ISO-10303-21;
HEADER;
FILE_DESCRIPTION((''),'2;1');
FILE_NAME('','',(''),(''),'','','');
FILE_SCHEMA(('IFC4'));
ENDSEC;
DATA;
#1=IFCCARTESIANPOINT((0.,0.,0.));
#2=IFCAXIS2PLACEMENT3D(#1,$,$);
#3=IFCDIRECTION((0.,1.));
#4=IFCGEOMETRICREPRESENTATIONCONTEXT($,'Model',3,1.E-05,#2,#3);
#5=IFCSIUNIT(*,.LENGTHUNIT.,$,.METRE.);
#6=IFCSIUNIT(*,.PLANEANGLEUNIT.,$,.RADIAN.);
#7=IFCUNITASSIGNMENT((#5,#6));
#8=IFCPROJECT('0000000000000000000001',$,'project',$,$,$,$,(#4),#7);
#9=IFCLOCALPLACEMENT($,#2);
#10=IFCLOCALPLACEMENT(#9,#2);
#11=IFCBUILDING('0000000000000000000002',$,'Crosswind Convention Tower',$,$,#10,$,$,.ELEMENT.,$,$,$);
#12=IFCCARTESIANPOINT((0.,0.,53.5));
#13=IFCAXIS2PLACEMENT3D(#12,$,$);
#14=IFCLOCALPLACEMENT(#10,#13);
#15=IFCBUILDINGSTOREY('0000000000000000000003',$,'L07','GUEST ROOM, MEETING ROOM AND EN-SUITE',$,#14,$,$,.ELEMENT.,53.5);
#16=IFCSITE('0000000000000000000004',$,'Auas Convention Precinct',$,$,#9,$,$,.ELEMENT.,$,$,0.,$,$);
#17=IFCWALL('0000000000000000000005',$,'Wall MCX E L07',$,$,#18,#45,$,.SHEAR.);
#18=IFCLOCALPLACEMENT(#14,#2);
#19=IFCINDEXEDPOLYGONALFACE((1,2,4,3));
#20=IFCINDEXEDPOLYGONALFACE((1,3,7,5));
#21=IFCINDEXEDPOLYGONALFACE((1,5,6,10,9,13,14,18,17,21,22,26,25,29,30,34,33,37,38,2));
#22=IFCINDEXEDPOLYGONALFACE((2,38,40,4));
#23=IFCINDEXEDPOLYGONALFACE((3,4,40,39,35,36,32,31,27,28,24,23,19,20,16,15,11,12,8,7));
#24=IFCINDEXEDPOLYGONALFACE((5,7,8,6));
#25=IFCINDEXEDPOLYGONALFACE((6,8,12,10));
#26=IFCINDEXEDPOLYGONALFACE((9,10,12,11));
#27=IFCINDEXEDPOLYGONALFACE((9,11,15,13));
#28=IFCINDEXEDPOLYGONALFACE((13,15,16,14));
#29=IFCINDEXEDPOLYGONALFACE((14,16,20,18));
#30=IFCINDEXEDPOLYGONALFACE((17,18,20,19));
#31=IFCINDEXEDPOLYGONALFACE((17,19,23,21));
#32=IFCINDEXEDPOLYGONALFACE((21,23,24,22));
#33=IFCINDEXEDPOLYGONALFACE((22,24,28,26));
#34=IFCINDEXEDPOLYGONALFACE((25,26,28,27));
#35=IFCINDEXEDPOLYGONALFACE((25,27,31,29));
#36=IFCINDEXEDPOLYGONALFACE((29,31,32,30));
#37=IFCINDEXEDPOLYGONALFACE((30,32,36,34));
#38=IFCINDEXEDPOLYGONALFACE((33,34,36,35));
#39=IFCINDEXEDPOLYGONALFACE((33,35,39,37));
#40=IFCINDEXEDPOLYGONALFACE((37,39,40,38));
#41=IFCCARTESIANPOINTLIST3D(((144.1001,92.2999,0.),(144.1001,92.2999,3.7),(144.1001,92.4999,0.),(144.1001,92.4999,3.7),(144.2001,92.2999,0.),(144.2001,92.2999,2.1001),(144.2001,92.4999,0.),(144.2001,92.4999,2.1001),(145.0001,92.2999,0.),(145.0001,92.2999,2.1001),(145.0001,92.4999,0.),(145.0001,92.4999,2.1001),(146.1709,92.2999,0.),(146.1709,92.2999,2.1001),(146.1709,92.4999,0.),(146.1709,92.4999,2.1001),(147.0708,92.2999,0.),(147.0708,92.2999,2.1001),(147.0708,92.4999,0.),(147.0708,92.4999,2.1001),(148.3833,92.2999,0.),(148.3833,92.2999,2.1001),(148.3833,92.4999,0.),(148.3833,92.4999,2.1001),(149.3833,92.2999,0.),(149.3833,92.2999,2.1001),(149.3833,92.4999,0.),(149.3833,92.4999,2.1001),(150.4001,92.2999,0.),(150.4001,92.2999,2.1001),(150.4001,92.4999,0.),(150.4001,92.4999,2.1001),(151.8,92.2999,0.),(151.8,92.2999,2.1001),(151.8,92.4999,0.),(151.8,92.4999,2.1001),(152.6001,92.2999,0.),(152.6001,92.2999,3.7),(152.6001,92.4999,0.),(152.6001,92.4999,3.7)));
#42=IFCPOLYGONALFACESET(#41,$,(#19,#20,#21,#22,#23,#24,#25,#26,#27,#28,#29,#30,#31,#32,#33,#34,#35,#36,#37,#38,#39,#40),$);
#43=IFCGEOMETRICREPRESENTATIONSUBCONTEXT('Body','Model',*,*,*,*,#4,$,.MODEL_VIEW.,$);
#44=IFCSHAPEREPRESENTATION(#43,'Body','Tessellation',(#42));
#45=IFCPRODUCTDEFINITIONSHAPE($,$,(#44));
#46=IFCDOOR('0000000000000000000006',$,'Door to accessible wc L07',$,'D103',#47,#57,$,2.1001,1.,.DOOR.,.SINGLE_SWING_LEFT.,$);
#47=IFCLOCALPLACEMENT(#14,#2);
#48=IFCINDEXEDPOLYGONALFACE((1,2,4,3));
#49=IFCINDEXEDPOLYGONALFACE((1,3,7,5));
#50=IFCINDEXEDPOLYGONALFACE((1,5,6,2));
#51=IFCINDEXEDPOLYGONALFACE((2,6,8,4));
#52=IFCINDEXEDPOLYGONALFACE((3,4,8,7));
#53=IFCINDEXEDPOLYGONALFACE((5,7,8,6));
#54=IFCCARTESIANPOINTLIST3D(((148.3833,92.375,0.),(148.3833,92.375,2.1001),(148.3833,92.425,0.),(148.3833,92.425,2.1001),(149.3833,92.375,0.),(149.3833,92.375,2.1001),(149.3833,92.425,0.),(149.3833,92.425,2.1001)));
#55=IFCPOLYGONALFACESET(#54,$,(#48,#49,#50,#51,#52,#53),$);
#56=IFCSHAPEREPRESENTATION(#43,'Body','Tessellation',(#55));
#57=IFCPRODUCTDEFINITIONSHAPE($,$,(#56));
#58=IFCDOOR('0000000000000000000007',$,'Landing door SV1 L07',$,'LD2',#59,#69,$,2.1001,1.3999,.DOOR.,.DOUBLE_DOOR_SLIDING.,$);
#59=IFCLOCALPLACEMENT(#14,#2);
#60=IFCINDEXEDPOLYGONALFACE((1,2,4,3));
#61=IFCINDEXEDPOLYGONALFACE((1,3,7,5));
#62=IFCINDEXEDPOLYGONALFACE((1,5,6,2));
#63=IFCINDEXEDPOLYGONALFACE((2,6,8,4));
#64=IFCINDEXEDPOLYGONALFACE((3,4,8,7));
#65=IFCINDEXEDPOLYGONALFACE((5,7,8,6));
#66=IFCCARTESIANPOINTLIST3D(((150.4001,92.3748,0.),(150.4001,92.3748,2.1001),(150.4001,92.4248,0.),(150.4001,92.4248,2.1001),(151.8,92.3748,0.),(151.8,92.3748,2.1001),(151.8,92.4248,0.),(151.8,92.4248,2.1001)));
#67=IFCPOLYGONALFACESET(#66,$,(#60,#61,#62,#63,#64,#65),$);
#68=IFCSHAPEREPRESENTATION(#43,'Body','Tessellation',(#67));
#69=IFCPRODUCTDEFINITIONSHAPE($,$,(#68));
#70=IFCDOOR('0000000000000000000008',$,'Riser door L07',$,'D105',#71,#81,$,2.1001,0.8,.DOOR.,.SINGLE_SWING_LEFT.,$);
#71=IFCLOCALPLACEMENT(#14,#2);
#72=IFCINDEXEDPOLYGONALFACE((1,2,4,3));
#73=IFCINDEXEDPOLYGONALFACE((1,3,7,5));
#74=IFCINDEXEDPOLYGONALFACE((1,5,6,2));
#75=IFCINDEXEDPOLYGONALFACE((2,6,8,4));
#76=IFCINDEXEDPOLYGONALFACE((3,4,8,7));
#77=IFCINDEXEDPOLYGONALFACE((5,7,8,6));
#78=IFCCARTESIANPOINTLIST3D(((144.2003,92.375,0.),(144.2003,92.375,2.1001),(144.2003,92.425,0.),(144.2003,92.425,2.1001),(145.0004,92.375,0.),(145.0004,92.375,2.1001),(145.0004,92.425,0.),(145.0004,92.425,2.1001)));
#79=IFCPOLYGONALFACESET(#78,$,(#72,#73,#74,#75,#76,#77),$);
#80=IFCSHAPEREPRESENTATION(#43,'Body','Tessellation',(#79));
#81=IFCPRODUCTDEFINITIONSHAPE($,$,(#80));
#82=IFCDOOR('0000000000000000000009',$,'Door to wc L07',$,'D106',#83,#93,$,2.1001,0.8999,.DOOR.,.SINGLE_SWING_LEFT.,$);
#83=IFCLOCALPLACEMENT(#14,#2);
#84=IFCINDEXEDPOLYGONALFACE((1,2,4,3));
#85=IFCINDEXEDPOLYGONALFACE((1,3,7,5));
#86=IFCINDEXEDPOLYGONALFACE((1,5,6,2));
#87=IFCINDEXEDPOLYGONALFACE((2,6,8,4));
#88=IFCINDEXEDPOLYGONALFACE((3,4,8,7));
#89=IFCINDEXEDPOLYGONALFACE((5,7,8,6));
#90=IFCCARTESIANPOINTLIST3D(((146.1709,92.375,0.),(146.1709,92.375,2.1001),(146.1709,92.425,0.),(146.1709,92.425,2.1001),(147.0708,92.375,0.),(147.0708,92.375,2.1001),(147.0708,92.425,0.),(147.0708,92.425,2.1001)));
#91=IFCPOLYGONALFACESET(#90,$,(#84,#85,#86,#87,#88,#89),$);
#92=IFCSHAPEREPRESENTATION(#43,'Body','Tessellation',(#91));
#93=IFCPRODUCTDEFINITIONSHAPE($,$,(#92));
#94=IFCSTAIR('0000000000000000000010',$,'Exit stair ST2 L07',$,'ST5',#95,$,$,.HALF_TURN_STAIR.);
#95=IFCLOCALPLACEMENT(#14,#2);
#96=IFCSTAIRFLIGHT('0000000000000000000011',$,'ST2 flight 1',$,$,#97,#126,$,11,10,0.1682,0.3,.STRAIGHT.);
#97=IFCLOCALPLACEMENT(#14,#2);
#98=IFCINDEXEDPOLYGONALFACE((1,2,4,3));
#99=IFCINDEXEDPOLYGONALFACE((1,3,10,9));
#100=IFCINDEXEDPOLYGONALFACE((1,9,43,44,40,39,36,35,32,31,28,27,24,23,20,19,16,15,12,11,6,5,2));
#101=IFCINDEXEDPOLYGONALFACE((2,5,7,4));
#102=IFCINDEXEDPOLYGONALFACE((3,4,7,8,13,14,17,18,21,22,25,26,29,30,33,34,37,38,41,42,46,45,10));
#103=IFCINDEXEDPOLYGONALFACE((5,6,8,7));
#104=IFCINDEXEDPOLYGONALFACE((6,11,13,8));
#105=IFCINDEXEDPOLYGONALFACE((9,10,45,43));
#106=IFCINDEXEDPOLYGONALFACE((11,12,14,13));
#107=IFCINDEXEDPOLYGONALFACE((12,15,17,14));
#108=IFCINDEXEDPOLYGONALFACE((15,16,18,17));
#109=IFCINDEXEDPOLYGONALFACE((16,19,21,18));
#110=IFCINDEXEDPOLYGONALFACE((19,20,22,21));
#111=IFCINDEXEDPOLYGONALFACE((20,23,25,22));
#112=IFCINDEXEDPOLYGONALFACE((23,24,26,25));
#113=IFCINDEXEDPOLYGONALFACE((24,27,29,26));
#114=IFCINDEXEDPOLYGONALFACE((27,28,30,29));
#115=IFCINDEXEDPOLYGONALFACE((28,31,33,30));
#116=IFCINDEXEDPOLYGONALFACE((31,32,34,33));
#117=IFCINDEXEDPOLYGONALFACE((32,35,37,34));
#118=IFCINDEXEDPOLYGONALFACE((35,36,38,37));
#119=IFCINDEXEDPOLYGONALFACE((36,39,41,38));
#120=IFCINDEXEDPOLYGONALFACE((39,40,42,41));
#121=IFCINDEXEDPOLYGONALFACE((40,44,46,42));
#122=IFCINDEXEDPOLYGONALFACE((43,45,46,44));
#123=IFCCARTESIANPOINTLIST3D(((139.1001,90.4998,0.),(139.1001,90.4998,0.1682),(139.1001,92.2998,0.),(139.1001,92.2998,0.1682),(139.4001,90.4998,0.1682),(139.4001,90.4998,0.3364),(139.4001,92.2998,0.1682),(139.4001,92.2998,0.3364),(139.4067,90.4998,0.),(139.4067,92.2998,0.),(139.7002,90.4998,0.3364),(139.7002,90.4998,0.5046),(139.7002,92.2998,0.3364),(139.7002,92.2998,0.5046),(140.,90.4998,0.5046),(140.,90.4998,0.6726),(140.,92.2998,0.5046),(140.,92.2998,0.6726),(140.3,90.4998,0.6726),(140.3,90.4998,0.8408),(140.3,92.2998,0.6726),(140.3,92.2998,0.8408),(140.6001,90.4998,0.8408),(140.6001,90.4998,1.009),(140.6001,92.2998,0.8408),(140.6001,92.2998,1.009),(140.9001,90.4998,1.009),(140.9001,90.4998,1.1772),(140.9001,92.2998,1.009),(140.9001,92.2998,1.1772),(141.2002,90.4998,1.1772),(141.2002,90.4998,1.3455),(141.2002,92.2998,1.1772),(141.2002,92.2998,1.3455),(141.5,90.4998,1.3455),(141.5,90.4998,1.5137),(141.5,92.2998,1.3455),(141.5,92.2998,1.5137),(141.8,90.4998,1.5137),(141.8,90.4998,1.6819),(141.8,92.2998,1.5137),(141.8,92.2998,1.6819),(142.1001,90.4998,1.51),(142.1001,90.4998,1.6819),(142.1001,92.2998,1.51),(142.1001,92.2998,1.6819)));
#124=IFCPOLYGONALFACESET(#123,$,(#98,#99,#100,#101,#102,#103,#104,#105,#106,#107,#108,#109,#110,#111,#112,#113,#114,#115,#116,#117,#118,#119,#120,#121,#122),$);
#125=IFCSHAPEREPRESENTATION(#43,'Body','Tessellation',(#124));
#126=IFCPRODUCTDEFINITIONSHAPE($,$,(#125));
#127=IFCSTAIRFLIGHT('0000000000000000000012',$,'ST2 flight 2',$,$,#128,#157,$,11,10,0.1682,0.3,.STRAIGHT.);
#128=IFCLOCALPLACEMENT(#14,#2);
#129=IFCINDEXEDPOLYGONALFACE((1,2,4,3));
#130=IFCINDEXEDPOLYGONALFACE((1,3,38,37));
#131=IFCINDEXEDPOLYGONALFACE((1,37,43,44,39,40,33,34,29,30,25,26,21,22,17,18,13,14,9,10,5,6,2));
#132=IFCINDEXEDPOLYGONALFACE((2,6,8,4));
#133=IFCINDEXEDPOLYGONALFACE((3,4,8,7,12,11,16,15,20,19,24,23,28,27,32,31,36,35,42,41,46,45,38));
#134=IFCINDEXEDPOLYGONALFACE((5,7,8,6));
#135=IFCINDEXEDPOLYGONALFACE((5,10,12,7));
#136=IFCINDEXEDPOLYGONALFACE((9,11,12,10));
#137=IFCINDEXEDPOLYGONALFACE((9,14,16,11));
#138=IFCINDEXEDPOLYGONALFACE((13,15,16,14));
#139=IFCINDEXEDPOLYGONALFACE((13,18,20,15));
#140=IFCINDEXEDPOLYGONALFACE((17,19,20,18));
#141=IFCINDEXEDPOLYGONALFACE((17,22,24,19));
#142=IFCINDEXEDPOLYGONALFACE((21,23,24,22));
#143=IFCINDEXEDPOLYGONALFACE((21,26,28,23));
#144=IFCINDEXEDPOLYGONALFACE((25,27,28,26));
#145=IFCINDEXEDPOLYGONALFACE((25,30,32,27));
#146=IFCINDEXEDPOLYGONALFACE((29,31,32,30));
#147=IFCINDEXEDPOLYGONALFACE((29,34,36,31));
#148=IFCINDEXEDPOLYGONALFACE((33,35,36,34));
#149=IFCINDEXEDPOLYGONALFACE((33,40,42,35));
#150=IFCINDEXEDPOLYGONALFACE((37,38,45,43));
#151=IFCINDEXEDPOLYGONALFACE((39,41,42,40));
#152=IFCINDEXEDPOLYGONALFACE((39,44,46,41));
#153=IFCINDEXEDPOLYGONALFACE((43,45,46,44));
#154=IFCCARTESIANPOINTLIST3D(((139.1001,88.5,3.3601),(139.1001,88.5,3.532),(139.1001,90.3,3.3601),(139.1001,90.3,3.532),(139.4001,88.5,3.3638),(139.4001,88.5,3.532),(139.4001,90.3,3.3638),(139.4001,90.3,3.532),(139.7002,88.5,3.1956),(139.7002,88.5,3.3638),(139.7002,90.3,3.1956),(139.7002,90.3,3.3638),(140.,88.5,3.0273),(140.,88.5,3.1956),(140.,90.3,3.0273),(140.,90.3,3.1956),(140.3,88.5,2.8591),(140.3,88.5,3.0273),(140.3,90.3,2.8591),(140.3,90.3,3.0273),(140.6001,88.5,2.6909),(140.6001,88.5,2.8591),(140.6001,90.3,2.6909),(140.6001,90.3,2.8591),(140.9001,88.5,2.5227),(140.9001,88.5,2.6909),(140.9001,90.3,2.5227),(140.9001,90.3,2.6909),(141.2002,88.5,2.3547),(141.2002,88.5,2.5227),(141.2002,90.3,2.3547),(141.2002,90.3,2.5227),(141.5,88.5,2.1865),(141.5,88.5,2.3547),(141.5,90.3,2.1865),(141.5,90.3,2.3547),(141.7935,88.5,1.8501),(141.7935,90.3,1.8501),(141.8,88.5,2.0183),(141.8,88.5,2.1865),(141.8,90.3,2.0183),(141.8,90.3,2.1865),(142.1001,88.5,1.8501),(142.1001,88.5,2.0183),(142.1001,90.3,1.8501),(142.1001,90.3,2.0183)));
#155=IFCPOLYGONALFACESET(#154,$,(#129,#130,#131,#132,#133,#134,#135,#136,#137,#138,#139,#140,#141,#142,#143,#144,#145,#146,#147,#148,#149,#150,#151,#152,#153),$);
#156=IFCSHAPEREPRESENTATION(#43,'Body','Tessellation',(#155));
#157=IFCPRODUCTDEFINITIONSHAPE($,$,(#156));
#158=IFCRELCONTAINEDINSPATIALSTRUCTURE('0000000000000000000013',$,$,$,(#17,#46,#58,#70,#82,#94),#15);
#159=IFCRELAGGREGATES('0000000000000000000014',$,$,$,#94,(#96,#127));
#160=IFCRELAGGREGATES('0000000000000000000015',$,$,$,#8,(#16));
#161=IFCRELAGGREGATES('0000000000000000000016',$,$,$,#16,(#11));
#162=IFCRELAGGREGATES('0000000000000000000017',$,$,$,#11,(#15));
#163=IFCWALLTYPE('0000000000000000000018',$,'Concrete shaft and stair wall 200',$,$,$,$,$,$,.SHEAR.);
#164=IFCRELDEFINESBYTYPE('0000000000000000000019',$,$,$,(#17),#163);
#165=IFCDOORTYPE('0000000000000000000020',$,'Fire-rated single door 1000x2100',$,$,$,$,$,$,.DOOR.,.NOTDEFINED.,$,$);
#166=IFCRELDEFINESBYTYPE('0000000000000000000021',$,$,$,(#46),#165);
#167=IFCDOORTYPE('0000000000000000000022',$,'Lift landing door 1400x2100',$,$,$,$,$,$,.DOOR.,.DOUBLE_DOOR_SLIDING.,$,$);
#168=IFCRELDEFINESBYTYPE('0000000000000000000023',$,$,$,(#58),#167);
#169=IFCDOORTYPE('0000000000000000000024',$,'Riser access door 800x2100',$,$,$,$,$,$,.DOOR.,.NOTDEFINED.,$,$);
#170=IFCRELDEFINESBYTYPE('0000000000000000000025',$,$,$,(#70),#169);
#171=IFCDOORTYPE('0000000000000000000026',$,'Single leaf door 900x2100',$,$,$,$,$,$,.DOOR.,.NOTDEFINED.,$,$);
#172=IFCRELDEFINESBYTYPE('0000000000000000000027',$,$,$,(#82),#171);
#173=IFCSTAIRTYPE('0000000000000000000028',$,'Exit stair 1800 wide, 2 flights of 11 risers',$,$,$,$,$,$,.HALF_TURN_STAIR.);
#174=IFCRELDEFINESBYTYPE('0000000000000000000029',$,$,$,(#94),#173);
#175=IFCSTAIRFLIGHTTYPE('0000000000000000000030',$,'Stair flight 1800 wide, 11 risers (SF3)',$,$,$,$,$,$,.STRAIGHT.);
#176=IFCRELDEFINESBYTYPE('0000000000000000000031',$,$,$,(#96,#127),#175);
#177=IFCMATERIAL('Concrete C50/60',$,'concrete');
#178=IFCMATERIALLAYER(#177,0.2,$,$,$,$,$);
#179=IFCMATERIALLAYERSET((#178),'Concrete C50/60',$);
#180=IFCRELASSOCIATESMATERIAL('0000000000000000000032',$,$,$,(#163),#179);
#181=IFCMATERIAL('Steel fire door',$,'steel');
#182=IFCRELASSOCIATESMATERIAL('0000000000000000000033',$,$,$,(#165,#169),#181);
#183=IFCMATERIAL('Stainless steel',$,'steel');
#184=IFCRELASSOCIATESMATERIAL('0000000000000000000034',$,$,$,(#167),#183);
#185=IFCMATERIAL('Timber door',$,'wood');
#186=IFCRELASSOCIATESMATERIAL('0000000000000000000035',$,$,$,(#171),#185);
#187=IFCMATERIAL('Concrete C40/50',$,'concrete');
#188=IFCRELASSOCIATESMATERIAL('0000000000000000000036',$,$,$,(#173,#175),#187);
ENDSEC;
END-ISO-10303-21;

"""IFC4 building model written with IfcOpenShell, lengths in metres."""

from ifc_helpers import new_model, si_unit, direction, frame, frame_2d, origin, place, context, subcontext, project, spatial, polyline, rectangle, outline, extrude, material, layer, layer_set, type_object, element, fill, aggregate, save


model = new_model("IFC4")

# Units and contexts
model_context = context("Model", 3, precision=1e-05, world=origin(), true_north=direction((0.0, 1.0)))
body_context = subcontext(model_context, "Body", "Model", "MODEL_VIEW")
ifc_project = project(units=[si_unit("LENGTHUNIT", "METRE"), si_unit("PLANEANGLEUNIT", "RADIAN")], contexts=[model_context])

# Site, building, storey
site_placement = place(None, origin())
site = spatial("IfcSite", under=ifc_project, at=site_placement, Name="Auas Convention Precinct", CompositionType="ELEMENT", RefElevation=0.0)
building_placement = place(site_placement, origin())
building = spatial("IfcBuilding", under=site, at=building_placement, Name="Crosswind Convention Tower", CompositionType="ELEMENT")
storey_placement = place(building_placement, frame((0.0, 0.0, 53.5)))
storey = spatial("IfcBuildingStorey", under=building, at=storey_placement, Name="L07", Description="GUEST ROOM, MEETING ROOM AND EN-SUITE", CompositionType="ELEMENT", Elevation=53.5)

# Shared definitions
ifc_material_1 = material(Name="Concrete C50/60", Category="concrete")

# Shared definitions
ifc_layer_1 = layer(ifc_material_1, 0.2)
ifc_layer_set_1 = layer_set([ifc_layer_1], Name="Concrete C50/60")
wall_type_1 = type_object("IfcWallType", Name="Concrete shaft and stair wall 200", PredefinedType="SHEAR", material=ifc_layer_set_1)

# Shared definitions
ifc_material_2 = material(Name="Stainless steel", Category="steel")

# Shared definitions
ifc_material_3 = material(Name="Steel fire door", Category="steel")
door_type_1 = type_object("IfcDoorType", Name="Fire-rated single door 1000x2100", OperationType="NOTDEFINED", PredefinedType="DOOR", material=ifc_material_3)

# Wall, openings, doors
wall_1_placement = place(storey_placement, frame((144.1001, 92.3999, 0.0), z_axis=(0.0, 0.0, 1.0), x_axis=(1.0, 0.0, 0.0)))
wall_1 = element("IfcWall", 1, at=wall_1_placement, inside=storey, type_object=wall_type_1, Name="Wall MCX E L07", PredefinedType="SHEAR", context=body_context, shape_type="SweptSolid", body=[
    extrude(rectangle(XDim=8.5, YDim=0.2, at=frame_2d((4.25, 0.0))), origin(), (0.0, 0.0, 1.0), 3.7),
])
opening_1_placement = place(wall_1_placement, frame((0.1001, 0.0, 0.0)))
opening_1 = element("IfcOpeningElement", 2, at=opening_1_placement, cuts=wall_1, PredefinedType="OPENING", context=body_context, shape_type="SweptSolid", body=[
    extrude(rectangle(XDim=0.8, YDim=2.1001, at=frame_2d((0.3999, 1.05))), frame((0.0, 0.1099, 0.0), z_axis=(0.0, -1.0, 0.0), x_axis=(1.0, 0.0, 0.0)), (0.0, 0.0, 1.0), 0.22),
])
opening_2_placement = place(wall_1_placement, frame((2.0708, 0.0, 0.0)))
opening_2 = element("IfcOpeningElement", 3, at=opening_2_placement, cuts=wall_1, PredefinedType="OPENING", context=body_context, shape_type="SweptSolid", body=[
    extrude(rectangle(XDim=0.8999, YDim=2.1001, at=frame_2d((0.45, 1.05))), frame((0.0, 0.1099, 0.0), z_axis=(0.0, -1.0, 0.0), x_axis=(1.0, 0.0, 0.0)), (0.0, 0.0, 1.0), 0.22),
])
opening_3_placement = place(wall_1_placement, frame((4.2832, 0.0, 0.0)))
opening_3 = element("IfcOpeningElement", 4, at=opening_3_placement, cuts=wall_1, PredefinedType="OPENING", context=body_context, shape_type="SweptSolid", body=[
    extrude(rectangle(XDim=1.0, YDim=2.1001, at=frame_2d((0.5, 1.05))), frame((0.0, 0.1099, 0.0), z_axis=(0.0, -1.0, 0.0), x_axis=(1.0, 0.0, 0.0)), (0.0, 0.0, 1.0), 0.22),
])
opening_4_placement = place(wall_1_placement, frame((6.3, 0.0, 0.0)))
opening_4 = element("IfcOpeningElement", 5, at=opening_4_placement, cuts=wall_1, PredefinedType="OPENING", context=body_context, shape_type="SweptSolid", body=[
    extrude(rectangle(XDim=1.3999, YDim=2.1001, at=frame_2d((0.7, 1.05))), frame((0.0, 0.1099, 0.0), z_axis=(0.0, -1.0, 0.0), x_axis=(1.0, 0.0, 0.0)), (0.0, 0.0, 1.0), 0.22),
])
door_1_placement = place(opening_3_placement, frame((1.0, 0.0, 0.0), z_axis=(0.0, 0.0, 1.0), x_axis=(-1.0, 0.0, 0.0)))
door_1 = element("IfcDoor", 6, at=door_1_placement, inside=storey, type_object=door_type_1, Name="Door to accessible wc L07", ObjectType="D103", OperationType="SINGLE_SWING_LEFT", OverallHeight=2.1001, OverallWidth=1.0, PredefinedType="DOOR", context=body_context, shape_type="SweptSolid", body=[
    extrude(rectangle(XDim=1.0, YDim=2.1001, at=frame_2d((0.5, 1.05))), frame((0.0, 0.0249, 0.0), z_axis=(0.0, -1.0, 0.0), x_axis=(1.0, 0.0, 0.0)), (0.0, 0.0, 1.0), 0.05),
])
fill(opening_3, door_1)
door_type_2 = type_object("IfcDoorType", Name="Lift landing door 1400x2100", OperationType="DOUBLE_DOOR_SLIDING", PredefinedType="DOOR", material=ifc_material_2)
door_2_placement = place(opening_4_placement, origin())
door_2 = element("IfcDoor", 7, at=door_2_placement, inside=storey, type_object=door_type_2, Name="Landing door SV1 L07", ObjectType="LD2", OperationType="DOUBLE_DOOR_SLIDING", OverallHeight=2.1001, OverallWidth=1.3999, PredefinedType="DOOR", context=body_context, shape_type="SweptSolid", body=[
    extrude(rectangle(XDim=1.3999, YDim=2.1001, at=frame_2d((0.7, 1.05))), frame((0.0, 0.0249, 0.0), z_axis=(0.0, -1.0, 0.0), x_axis=(1.0, 0.0, 0.0)), (0.0, 0.0, 1.0), 0.05),
])
fill(opening_4, door_2)
door_type_3 = type_object("IfcDoorType", Name="Riser access door 800x2100", OperationType="NOTDEFINED", PredefinedType="DOOR", material=ifc_material_3)
door_3_placement = place(opening_1_placement, frame((0.8, 0.0, 0.0), z_axis=(0.0, 0.0, 1.0), x_axis=(-1.0, 0.0, 0.0)))
door_3 = element("IfcDoor", 8, at=door_3_placement, inside=storey, type_object=door_type_3, Name="Riser door L07", ObjectType="D105", OperationType="SINGLE_SWING_LEFT", OverallHeight=2.1001, OverallWidth=0.8, PredefinedType="DOOR", context=body_context, shape_type="SweptSolid", body=[
    extrude(rectangle(XDim=0.8, YDim=2.1001, at=frame_2d((0.3999, 1.05))), frame((0.0, 0.0249, 0.0), z_axis=(0.0, -1.0, 0.0), x_axis=(1.0, 0.0, 0.0)), (0.0, 0.0, 1.0), 0.05),
])
fill(opening_1, door_3)
ifc_material_4 = material(Name="Timber door", Category="wood")
door_type_4 = type_object("IfcDoorType", Name="Single leaf door 900x2100", OperationType="NOTDEFINED", PredefinedType="DOOR", material=ifc_material_4)
door_4_placement = place(opening_2_placement, frame((0.8999, 0.0, 0.0), z_axis=(0.0, 0.0, 1.0), x_axis=(-1.0, 0.0, 0.0)))
door_4 = element("IfcDoor", 9, at=door_4_placement, inside=storey, type_object=door_type_4, Name="Door to wc L07", ObjectType="D106", OperationType="SINGLE_SWING_LEFT", OverallHeight=2.1001, OverallWidth=0.8999, PredefinedType="DOOR", context=body_context, shape_type="SweptSolid", body=[
    extrude(rectangle(XDim=0.8999, YDim=2.1001, at=frame_2d((0.45, 1.05))), frame((0.0, 0.0249, 0.0), z_axis=(0.0, -1.0, 0.0), x_axis=(1.0, 0.0, 0.0)), (0.0, 0.0, 1.0), 0.05),
])
fill(opening_2, door_4)

# Stair, stair flights
ifc_material_5 = material(Name="Concrete C40/50", Category="concrete")
stair_type = type_object("IfcStairType", Name="Exit stair 1800 wide, 2 flights of 11 risers", PredefinedType="HALF_TURN_STAIR", material=ifc_material_5)
stair_placement = place(storey_placement, origin())
stair = element("IfcStair", 10, at=stair_placement, inside=storey, type_object=stair_type, Name="Exit stair ST2 L07", ObjectType="ST5", PredefinedType="HALF_TURN_STAIR")
stair_flight_type = type_object("IfcStairFlightType", Name="Stair flight 1800 wide, 11 risers (SF3)", PredefinedType="STRAIGHT", material=ifc_material_5)
stair_flight_1_placement = place(storey_placement, frame((139.1001, 91.3999, 0.0), z_axis=(0.0, 0.0, 1.0), x_axis=(1.0, 0.0, 0.0)))
stair_flight_1 = element("IfcStairFlight", 11, at=stair_flight_1_placement, type_object=stair_flight_type, Name="ST2 flight 1", NumberOfRisers=11, NumberOfTreads=10, PredefinedType="STRAIGHT", RiserHeight=0.1682, TreadLength=0.3, context=body_context, shape_type="SweptSolid", body=[
    extrude(outline(polyline([(0.0, 0.0), (0.0, 0.1682), (0.3, 0.1682), (0.3, 0.3364), (0.6001, 0.3364), (0.6001, 0.5046), (0.8999, 0.5046), (0.8999, 0.6726), (1.2, 0.6726), (1.2, 0.8408), (1.5, 0.8408), (1.5, 1.009), (1.8, 1.009), (1.8, 1.1772), (2.1001, 1.1772), (2.1001, 1.3455), (2.3999, 1.3455), (2.3999, 1.5137), (2.7, 1.5137), (2.7, 1.6819), (3.0, 1.6819), (3.0, 1.8501), (3.0, 1.51), (0.3066, 0.0), (0.0, 0.0)])), frame((0.0, 0.8999, 0.0), z_axis=(0.0, -1.0, 0.0), x_axis=(1.0, 0.0, 0.0)), (0.0, 0.0, 1.0), 1.8),
])
stair_flight_2_placement = place(storey_placement, frame((142.1001, 89.3999, 1.8501), z_axis=(0.0, 0.0, 1.0), x_axis=(-1.0, 0.0, 0.0)))
stair_flight_2 = element("IfcStairFlight", 12, at=stair_flight_2_placement, type_object=stair_flight_type, Name="ST2 flight 2", NumberOfRisers=11, NumberOfTreads=10, PredefinedType="STRAIGHT", RiserHeight=0.1682, TreadLength=0.3, context=body_context, shape_type="SweptSolid", body=[
    extrude(outline(polyline([(0.0, 0.0), (0.0, 0.1682), (0.3, 0.1682), (0.3, 0.3364), (0.6001, 0.3364), (0.6001, 0.5046), (0.8999, 0.5046), (0.8999, 0.6726), (1.2, 0.6726), (1.2, 0.8408), (1.5, 0.8408), (1.5, 1.009), (1.8, 1.009), (1.8, 1.1772), (2.1001, 1.1772), (2.1001, 1.3455), (2.3999, 1.3455), (2.3999, 1.5137), (2.7, 1.5137), (2.7, 1.6819), (3.0, 1.6819), (3.0, 1.8501), (3.0, 1.51), (0.3066, 0.0), (0.0, 0.0)])), frame((0.0, 0.8999, 0.0), z_axis=(0.0, -1.0, 0.0), x_axis=(1.0, 0.0, 0.0)), (0.0, 0.0, 1.0), 1.8),
])
aggregate(stair, [stair_flight_1, stair_flight_2])

save(model, "model.ifc")
